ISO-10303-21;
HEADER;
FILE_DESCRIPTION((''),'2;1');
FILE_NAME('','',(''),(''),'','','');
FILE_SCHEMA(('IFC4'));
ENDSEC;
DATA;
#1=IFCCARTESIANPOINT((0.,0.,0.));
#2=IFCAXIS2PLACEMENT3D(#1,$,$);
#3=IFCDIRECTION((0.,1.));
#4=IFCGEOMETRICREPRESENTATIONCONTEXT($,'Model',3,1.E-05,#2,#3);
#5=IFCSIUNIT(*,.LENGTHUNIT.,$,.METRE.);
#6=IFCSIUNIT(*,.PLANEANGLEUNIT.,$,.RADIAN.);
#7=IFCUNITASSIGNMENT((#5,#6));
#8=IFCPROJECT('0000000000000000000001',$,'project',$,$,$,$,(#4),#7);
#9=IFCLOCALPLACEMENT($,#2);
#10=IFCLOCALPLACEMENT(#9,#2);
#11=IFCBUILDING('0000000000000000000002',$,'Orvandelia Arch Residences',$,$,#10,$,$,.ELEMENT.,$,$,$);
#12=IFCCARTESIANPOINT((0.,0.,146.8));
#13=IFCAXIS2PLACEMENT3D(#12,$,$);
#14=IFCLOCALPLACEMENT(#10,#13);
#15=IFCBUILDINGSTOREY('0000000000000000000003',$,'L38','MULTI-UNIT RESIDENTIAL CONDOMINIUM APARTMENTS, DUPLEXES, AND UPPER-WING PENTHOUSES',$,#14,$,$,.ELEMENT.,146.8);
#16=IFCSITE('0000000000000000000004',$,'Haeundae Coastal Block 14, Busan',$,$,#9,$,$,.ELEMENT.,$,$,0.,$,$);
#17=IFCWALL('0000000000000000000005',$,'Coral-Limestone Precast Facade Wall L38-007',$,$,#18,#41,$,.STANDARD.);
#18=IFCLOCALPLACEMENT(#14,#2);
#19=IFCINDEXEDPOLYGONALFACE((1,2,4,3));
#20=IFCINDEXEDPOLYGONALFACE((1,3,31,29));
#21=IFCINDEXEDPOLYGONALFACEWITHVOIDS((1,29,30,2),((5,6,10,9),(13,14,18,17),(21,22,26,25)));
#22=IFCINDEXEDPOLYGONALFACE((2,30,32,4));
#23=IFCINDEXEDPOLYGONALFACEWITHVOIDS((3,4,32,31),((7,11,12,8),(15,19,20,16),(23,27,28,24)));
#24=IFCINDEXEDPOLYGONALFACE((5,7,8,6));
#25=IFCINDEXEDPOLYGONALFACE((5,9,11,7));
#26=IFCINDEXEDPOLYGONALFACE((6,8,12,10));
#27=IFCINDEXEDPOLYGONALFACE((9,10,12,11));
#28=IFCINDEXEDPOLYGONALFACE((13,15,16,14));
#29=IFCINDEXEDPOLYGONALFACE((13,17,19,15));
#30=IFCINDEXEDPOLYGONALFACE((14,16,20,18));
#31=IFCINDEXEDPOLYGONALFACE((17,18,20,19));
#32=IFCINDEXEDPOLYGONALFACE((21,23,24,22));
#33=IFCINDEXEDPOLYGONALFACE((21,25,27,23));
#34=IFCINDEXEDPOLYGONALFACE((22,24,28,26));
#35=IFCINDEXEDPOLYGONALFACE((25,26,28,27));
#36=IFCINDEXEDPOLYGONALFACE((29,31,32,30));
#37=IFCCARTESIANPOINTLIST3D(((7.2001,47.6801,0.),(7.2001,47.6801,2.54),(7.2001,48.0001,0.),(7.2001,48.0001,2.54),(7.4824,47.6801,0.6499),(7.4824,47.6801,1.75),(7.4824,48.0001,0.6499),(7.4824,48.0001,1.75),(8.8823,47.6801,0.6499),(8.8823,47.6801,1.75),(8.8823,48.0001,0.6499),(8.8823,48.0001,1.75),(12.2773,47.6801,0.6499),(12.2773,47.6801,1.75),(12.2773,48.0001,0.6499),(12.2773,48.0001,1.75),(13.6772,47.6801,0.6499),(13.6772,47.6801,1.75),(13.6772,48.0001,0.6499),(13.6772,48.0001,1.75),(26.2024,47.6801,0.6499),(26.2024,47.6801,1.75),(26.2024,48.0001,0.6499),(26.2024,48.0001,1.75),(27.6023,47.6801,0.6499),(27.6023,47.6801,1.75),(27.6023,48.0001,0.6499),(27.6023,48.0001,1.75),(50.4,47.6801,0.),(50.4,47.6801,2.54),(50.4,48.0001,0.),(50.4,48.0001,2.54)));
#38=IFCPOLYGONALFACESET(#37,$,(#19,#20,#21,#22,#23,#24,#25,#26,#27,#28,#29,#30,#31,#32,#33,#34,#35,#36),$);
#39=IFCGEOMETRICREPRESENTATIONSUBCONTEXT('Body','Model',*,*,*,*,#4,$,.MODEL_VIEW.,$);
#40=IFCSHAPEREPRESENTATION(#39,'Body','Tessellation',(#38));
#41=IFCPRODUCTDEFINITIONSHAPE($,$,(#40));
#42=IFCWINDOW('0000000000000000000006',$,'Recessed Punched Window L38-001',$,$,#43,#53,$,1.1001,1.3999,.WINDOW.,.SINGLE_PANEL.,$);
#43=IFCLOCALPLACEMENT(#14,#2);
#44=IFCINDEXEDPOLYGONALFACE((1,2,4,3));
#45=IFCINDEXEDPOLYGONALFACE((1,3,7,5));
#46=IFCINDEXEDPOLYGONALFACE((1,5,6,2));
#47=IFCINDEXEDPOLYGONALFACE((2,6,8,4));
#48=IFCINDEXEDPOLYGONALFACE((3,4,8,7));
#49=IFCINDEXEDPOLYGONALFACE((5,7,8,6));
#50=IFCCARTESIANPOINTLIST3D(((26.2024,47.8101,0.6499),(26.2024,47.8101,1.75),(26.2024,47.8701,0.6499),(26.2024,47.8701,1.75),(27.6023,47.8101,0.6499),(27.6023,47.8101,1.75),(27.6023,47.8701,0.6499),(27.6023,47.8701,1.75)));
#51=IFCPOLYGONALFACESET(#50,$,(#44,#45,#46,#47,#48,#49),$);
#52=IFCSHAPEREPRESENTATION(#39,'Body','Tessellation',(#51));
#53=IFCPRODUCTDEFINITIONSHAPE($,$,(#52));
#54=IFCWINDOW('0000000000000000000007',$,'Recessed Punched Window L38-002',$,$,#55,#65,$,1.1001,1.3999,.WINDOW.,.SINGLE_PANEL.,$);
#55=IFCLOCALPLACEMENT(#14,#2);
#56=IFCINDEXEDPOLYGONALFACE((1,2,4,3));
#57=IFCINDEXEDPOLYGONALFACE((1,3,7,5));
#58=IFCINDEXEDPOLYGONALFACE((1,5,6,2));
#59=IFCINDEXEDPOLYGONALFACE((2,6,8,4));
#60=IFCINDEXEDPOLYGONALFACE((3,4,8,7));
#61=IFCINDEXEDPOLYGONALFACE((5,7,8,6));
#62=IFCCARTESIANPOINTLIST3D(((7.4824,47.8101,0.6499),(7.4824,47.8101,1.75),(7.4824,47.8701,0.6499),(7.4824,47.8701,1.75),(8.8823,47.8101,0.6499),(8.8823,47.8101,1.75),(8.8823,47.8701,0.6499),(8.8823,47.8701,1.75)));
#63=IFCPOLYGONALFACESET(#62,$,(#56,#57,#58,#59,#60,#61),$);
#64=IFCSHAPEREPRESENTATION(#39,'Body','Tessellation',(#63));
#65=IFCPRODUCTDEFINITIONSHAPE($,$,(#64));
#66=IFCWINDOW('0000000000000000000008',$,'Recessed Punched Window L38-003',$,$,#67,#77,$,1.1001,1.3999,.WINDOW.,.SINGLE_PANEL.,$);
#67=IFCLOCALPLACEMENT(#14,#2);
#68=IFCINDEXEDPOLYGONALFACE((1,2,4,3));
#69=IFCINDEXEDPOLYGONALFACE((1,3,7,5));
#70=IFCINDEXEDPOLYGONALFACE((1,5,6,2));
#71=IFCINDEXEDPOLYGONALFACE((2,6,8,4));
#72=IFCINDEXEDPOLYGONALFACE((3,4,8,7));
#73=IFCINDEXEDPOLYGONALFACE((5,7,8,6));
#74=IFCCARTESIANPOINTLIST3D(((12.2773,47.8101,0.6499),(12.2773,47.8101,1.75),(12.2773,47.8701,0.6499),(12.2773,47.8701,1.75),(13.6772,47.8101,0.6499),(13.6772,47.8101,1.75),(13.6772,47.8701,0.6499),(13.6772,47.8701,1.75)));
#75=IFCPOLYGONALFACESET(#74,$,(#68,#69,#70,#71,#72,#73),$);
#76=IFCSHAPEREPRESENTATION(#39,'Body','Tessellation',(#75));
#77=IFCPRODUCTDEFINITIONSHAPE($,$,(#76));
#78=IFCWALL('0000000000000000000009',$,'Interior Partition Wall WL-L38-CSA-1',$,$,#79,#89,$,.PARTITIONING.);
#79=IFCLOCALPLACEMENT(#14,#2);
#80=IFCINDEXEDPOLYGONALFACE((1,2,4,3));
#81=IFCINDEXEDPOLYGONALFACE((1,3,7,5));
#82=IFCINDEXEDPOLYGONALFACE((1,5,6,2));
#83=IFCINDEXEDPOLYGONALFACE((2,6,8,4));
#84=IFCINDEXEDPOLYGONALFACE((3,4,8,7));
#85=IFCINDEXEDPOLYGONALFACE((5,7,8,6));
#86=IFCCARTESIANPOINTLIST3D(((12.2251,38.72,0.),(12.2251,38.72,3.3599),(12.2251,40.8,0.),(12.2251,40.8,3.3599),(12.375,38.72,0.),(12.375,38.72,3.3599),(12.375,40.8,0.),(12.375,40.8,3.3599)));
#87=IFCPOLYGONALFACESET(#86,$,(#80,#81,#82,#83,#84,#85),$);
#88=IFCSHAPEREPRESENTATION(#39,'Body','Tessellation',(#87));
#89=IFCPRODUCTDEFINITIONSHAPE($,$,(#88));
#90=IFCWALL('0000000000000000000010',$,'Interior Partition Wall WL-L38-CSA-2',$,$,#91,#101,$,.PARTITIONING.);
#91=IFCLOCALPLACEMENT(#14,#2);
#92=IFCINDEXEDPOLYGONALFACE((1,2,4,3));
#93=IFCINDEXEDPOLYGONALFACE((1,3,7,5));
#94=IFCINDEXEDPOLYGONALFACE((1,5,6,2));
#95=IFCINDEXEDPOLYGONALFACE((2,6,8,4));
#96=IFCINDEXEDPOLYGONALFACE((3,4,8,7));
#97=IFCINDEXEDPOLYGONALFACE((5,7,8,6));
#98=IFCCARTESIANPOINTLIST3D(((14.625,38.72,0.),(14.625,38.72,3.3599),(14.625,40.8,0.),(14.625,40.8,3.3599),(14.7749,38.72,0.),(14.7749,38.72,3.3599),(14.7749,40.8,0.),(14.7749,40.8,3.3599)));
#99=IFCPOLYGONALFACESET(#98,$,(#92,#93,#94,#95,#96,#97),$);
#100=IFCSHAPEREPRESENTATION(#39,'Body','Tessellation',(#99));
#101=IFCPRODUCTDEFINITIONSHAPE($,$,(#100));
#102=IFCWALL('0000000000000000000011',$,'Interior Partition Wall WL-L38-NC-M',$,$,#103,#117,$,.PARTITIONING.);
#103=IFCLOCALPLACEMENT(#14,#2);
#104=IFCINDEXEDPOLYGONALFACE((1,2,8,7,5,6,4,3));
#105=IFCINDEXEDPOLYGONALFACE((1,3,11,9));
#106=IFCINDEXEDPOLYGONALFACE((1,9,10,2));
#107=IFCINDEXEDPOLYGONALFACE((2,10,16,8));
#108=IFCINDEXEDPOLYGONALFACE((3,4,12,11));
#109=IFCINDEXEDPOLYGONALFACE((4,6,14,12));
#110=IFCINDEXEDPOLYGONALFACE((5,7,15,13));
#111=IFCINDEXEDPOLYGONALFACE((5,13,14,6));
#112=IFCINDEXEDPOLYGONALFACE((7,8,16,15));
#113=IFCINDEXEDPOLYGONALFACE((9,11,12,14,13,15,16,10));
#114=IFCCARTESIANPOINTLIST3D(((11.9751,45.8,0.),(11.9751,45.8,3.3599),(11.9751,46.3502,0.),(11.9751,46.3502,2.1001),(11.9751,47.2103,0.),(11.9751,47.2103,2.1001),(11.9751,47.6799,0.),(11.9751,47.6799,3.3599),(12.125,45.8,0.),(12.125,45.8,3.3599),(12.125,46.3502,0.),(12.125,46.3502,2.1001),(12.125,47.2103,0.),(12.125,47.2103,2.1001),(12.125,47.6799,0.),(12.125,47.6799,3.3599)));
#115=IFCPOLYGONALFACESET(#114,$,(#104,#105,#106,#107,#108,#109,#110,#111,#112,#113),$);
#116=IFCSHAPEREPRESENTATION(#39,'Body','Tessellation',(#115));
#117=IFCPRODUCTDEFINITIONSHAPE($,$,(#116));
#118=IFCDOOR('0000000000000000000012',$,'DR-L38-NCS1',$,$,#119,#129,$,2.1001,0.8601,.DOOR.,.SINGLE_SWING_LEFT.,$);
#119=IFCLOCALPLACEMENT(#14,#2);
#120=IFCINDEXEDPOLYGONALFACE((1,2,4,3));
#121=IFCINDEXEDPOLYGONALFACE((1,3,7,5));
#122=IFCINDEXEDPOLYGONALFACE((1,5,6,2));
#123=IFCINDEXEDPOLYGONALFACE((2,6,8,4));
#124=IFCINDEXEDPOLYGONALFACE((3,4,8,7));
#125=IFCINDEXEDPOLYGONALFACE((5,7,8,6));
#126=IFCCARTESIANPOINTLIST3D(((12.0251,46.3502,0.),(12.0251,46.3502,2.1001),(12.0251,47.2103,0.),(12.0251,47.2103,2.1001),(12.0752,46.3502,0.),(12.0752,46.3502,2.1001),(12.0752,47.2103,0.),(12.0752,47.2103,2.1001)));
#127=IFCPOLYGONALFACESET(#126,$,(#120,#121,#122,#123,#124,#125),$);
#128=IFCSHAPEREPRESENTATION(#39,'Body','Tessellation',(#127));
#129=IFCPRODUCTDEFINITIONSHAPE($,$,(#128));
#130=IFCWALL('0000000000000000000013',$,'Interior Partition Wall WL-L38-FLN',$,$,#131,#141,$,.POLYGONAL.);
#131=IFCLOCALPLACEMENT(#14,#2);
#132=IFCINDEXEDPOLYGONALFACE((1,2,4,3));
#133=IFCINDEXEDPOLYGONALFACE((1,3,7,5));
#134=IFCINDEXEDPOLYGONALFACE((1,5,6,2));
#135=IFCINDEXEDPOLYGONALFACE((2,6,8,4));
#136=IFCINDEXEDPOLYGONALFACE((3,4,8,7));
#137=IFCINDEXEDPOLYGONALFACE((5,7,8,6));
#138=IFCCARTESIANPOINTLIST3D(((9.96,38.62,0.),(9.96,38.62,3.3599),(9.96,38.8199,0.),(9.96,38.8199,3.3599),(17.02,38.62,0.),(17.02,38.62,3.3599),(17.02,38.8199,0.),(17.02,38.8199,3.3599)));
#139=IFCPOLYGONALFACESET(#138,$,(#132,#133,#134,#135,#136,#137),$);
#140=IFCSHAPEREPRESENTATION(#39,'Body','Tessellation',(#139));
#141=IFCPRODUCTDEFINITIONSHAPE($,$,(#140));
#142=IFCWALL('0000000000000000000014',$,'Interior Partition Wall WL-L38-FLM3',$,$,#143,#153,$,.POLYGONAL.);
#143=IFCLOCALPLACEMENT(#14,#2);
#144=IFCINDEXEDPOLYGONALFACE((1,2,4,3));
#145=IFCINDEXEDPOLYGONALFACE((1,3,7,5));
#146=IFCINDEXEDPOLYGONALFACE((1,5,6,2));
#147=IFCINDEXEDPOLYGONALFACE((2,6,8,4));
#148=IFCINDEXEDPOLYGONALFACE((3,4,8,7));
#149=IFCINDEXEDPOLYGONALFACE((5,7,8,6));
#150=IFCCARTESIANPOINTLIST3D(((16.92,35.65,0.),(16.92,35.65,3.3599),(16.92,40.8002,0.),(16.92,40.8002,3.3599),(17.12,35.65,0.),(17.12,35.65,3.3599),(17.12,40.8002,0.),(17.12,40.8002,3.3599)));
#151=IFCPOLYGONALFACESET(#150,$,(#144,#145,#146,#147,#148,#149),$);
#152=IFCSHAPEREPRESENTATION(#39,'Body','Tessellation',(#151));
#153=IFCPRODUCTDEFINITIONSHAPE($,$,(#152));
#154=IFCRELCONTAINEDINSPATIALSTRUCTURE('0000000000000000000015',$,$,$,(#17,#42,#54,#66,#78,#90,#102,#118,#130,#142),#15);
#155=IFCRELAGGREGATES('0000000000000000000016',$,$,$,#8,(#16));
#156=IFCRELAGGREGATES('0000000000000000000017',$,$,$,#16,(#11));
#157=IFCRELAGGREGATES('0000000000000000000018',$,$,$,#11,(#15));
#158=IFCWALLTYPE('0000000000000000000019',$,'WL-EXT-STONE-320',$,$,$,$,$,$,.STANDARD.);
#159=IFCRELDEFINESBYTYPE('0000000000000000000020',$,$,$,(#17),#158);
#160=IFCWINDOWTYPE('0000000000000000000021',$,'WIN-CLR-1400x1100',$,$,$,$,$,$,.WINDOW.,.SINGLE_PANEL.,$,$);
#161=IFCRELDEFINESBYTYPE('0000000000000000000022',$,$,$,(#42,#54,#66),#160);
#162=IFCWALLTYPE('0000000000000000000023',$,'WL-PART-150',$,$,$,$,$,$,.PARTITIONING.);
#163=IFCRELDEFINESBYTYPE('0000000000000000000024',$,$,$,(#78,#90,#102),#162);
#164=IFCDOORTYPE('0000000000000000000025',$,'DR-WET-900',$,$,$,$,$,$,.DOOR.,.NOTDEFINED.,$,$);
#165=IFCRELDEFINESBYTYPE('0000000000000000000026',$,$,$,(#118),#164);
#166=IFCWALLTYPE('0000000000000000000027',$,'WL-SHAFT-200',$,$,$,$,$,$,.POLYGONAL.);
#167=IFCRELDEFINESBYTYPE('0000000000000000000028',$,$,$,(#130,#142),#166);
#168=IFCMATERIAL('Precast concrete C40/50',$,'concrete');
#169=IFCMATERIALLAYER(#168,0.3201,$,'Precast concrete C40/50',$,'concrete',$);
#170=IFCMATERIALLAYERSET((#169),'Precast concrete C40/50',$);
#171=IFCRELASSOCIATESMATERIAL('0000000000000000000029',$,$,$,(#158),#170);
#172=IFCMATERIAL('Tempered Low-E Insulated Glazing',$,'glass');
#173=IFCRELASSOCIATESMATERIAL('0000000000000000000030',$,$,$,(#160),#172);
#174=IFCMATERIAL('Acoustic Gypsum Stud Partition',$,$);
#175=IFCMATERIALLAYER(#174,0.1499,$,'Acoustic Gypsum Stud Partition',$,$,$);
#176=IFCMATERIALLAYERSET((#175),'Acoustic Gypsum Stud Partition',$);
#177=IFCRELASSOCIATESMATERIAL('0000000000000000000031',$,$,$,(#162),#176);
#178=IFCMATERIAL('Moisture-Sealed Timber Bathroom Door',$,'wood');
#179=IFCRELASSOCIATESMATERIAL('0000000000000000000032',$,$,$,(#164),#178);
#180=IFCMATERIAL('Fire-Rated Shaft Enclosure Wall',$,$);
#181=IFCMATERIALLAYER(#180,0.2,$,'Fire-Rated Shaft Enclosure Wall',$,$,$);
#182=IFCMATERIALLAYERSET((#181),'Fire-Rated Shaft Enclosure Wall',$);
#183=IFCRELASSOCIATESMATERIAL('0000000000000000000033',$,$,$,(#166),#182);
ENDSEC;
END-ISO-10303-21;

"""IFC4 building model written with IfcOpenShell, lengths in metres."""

from ifc_helpers import new_model, si_unit, direction, frame, frame_2d, origin, place, context, subcontext, project, spatial, rectangle, extrude, material, layer, layer_set, type_object, element, fill, save


model = new_model("IFC4")

# Units and contexts
model_context = context("Model", 3, precision=1e-05, world=origin(), true_north=direction((0.0, 1.0)))
body_context = subcontext(model_context, "Body", "Model", "MODEL_VIEW")
ifc_project = project(units=[si_unit("LENGTHUNIT", "METRE"), si_unit("PLANEANGLEUNIT", "RADIAN")], contexts=[model_context])

# Site, building, storey
site_placement = place(None, origin())
site = spatial("IfcSite", under=ifc_project, at=site_placement, Name="Haeundae Coastal Block 14, Busan", CompositionType="ELEMENT", RefElevation=0.0)
building_placement = place(site_placement, origin())
building = spatial("IfcBuilding", under=site, at=building_placement, Name="Orvandelia Arch Residences", CompositionType="ELEMENT")
storey_placement = place(building_placement, frame((0.0, 0.0, 146.8)))
storey = spatial("IfcBuildingStorey", under=building, at=storey_placement, Name="L38", Description="MULTI-UNIT RESIDENTIAL CONDOMINIUM APARTMENTS, DUPLEXES, AND UPPER-WING PENTHOUSES", CompositionType="ELEMENT", Elevation=146.8)

# Wall, openings, windows
ifc_material_1 = material(Name="Precast concrete C40/50", Category="concrete")
ifc_layer_1 = layer(ifc_material_1, 0.3201, Name="Precast concrete C40/50", Category="concrete")
ifc_layer_set_1 = layer_set([ifc_layer_1], Name="Precast concrete C40/50")
wall_type_1 = type_object("IfcWallType", Name="WL-EXT-STONE-320", PredefinedType="STANDARD", material=ifc_layer_set_1)
wall_1_placement = place(storey_placement, frame((7.2, 47.8401, 0.0), z_axis=(0.0, 0.0, 1.0), x_axis=(1.0, 0.0, 0.0)))
wall_1 = element("IfcWall", 1, at=wall_1_placement, inside=storey, type_object=wall_type_1, Name="Coral-Limestone Precast Facade Wall L38-007", PredefinedType="STANDARD", context=body_context, shape_type="SweptSolid", body=[
    extrude(rectangle(XDim=43.2, YDim=0.3201, at=frame_2d((21.6001, 0.0))), origin(), (0.0, 0.0, 1.0), 2.54),
])
opening_1_placement = place(wall_1_placement, frame((19.0024, 0.0, 0.6499)))
opening_1 = element("IfcOpeningElement", 2, at=opening_1_placement, cuts=wall_1, PredefinedType="OPENING", context=body_context, shape_type="SweptSolid", body=[
    extrude(rectangle(XDim=1.3999, YDim=1.1001, at=frame_2d((0.7, 0.55))), frame((0.0, 0.1699, 0.0), z_axis=(0.0, -1.0, 0.0), x_axis=(1.0, 0.0, 0.0)), (0.0, 0.0, 1.0), 0.3401),
])
opening_2_placement = place(wall_1_placement, frame((0.2825, 0.0, 0.6499)))
opening_2 = element("IfcOpeningElement", 3, at=opening_2_placement, cuts=wall_1, PredefinedType="OPENING", context=body_context, shape_type="SweptSolid", body=[
    extrude(rectangle(XDim=1.3999, YDim=1.1001, at=frame_2d((0.7, 0.55))), frame((0.0, 0.1699, 0.0), z_axis=(0.0, -1.0, 0.0), x_axis=(1.0, 0.0, 0.0)), (0.0, 0.0, 1.0), 0.3401),
])
opening_3_placement = place(wall_1_placement, frame((5.0774, 0.0, 0.6499)))
opening_3 = element("IfcOpeningElement", 4, at=opening_3_placement, cuts=wall_1, PredefinedType="OPENING", context=body_context, shape_type="SweptSolid", body=[
    extrude(rectangle(XDim=1.3999, YDim=1.1001, at=frame_2d((0.7, 0.55))), frame((0.0, 0.1699, 0.0), z_axis=(0.0, -1.0, 0.0), x_axis=(1.0, 0.0, 0.0)), (0.0, 0.0, 1.0), 0.3401),
])
ifc_material_2 = material(Name="Tempered Low-E Insulated Glazing", Category="glass")
window_type = type_object("IfcWindowType", Name="WIN-CLR-1400x1100", PartitioningType="SINGLE_PANEL", PredefinedType="WINDOW", material=ifc_material_2)
window_1_placement = place(opening_1_placement, origin())
window_1 = element("IfcWindow", 5, at=window_1_placement, inside=storey, type_object=window_type, Name="Recessed Punched Window L38-001", OverallHeight=1.1001, OverallWidth=1.3999, PartitioningType="SINGLE_PANEL", PredefinedType="WINDOW", context=body_context, shape_type="SweptSolid", body=[
    extrude(rectangle(XDim=1.3999, YDim=1.1001, at=frame_2d((0.7, 0.55))), frame((0.0, 0.03, 0.0), z_axis=(0.0, -1.0, 0.0), x_axis=(1.0, 0.0, 0.0)), (0.0, 0.0, 1.0), 0.0601),
])
fill(opening_1, window_1)
window_2_placement = place(opening_2_placement, origin())
window_2 = element("IfcWindow", 6, at=window_2_placement, inside=storey, type_object=window_type, Name="Recessed Punched Window L38-002", OverallHeight=1.1001, OverallWidth=1.3999, PartitioningType="SINGLE_PANEL", PredefinedType="WINDOW", context=body_context, shape_type="SweptSolid", body=[
    extrude(rectangle(XDim=1.3999, YDim=1.1001, at=frame_2d((0.7, 0.55))), frame((0.0, 0.03, 0.0), z_axis=(0.0, -1.0, 0.0), x_axis=(1.0, 0.0, 0.0)), (0.0, 0.0, 1.0), 0.0601),
])
fill(opening_2, window_2)
window_3_placement = place(opening_3_placement, origin())
window_3 = element("IfcWindow", 7, at=window_3_placement, inside=storey, type_object=window_type, Name="Recessed Punched Window L38-003", OverallHeight=1.1001, OverallWidth=1.3999, PartitioningType="SINGLE_PANEL", PredefinedType="WINDOW", context=body_context, shape_type="SweptSolid", body=[
    extrude(rectangle(XDim=1.3999, YDim=1.1001, at=frame_2d((0.7, 0.55))), frame((0.0, 0.03, 0.0), z_axis=(0.0, -1.0, 0.0), x_axis=(1.0, 0.0, 0.0)), (0.0, 0.0, 1.0), 0.0601),
])
fill(opening_3, window_3)

# Walls
ifc_material_3 = material(Name="Acoustic Gypsum Stud Partition")
ifc_layer_2 = layer(ifc_material_3, 0.1499, Name="Acoustic Gypsum Stud Partition")
ifc_layer_set_2 = layer_set([ifc_layer_2], Name="Acoustic Gypsum Stud Partition")
wall_type_2 = type_object("IfcWallType", Name="WL-PART-150", PredefinedType="PARTITIONING", material=ifc_layer_set_2)
for number, where, z_axis, x_axis, name in (
    (8, (12.3, 38.72, 0.0), (0.0, 0.0, 1.0), (0.0, 1.0, 0.0), "Interior Partition Wall WL-L38-CSA-1"),
    (9, (14.7, 38.72, 0.0), (0.0, 0.0, 1.0), (0.0, 1.0, 0.0), "Interior Partition Wall WL-L38-CSA-2"),
):
    element("IfcWall", number, at=place(storey_placement, frame(where, z_axis=z_axis, x_axis=x_axis)), inside=storey, type_object=wall_type_2, Name=name, PredefinedType="PARTITIONING", context=body_context, shape_type="SweptSolid", body=[
        extrude(rectangle(XDim=2.0801, YDim=0.1499, at=frame_2d((1.04, 0.0))), origin(), (0.0, 0.0, 1.0), 3.3599),
    ])

# Wall, opening, door
wall_2_placement = place(storey_placement, frame((12.05, 45.8, 0.0), z_axis=(0.0, 0.0, 1.0), x_axis=(0.0, 1.0, 0.0)))
wall_2 = element("IfcWall", 10, at=wall_2_placement, inside=storey, type_object=wall_type_2, Name="Interior Partition Wall WL-L38-NC-M", PredefinedType="PARTITIONING", context=body_context, shape_type="SweptSolid", body=[
    extrude(rectangle(XDim=1.8799, YDim=0.1499, at=frame_2d((0.9399, 0.0))), origin(), (0.0, 0.0, 1.0), 3.3599),
])
opening_4_placement = place(wall_2_placement, frame((0.55, 0.0, 0.0)))
opening_4 = element("IfcOpeningElement", 11, at=opening_4_placement, cuts=wall_2, PredefinedType="OPENING", context=body_context, shape_type="SweptSolid", body=[
    extrude(rectangle(XDim=0.8601, YDim=2.1001, at=frame_2d((0.4302, 1.05))), frame((0.0, 0.085, 0.0), z_axis=(0.0, -1.0, 0.0), x_axis=(1.0, 0.0, 0.0)), (0.0, 0.0, 1.0), 0.1699),
])
ifc_material_4 = material(Name="Moisture-Sealed Timber Bathroom Door", Category="wood")
door_type_1 = type_object("IfcDoorType", Name="DR-WET-900", OperationType="NOTDEFINED", PredefinedType="DOOR", material=ifc_material_4)
door_1_placement = place(opening_4_placement, origin())
door_1 = element("IfcDoor", 12, at=door_1_placement, inside=storey, type_object=door_type_1, Name="DR-L38-NCS1", OperationType="SINGLE_SWING_LEFT", OverallHeight=2.1001, OverallWidth=0.8601, PredefinedType="DOOR", context=body_context, shape_type="SweptSolid", body=[
    extrude(rectangle(XDim=0.8601, YDim=2.1001, at=frame_2d((0.4302, 1.05))), frame((0.0, 0.0249, 0.0), z_axis=(0.0, -1.0, 0.0), x_axis=(1.0, 0.0, 0.0)), (0.0, 0.0, 1.0), 0.05),
])
fill(opening_4, door_1)

# Walls
ifc_material_5 = material(Name="Fire-Rated Shaft Enclosure Wall")
ifc_layer_3 = layer(ifc_material_5, 0.2, Name="Fire-Rated Shaft Enclosure Wall")
ifc_layer_set_3 = layer_set([ifc_layer_3], Name="Fire-Rated Shaft Enclosure Wall")
wall_type_3 = type_object("IfcWallType", Name="WL-SHAFT-200", PredefinedType="POLYGONAL", material=ifc_layer_set_3)
wall_3_placement = place(storey_placement, frame((9.96, 38.72, 0.0), z_axis=(0.0, 0.0, 1.0), x_axis=(1.0, 0.0, 0.0)))
element("IfcWall", 13, at=wall_3_placement, inside=storey, type_object=wall_type_3, Name="Interior Partition Wall WL-L38-FLN", PredefinedType="POLYGONAL", context=body_context, shape_type="SweptSolid", body=[
    extrude(rectangle(XDim=7.0601, YDim=0.2, at=frame_2d((3.53, 0.0))), origin(), (0.0, 0.0, 1.0), 3.3599),
])
wall_4_placement = place(storey_placement, frame((17.02, 35.6499, 0.0), z_axis=(0.0, 0.0, 1.0), x_axis=(0.0, 1.0, 0.0)))
element("IfcWall", 14, at=wall_4_placement, inside=storey, type_object=wall_type_3, Name="Interior Partition Wall WL-L38-FLM3", PredefinedType="POLYGONAL", context=body_context, shape_type="SweptSolid", body=[
    extrude(rectangle(XDim=5.1501, YDim=0.2, at=frame_2d((2.5752, 0.0))), origin(), (0.0, 0.0, 1.0), 3.3599),
])

save(model, "model.ifc")
